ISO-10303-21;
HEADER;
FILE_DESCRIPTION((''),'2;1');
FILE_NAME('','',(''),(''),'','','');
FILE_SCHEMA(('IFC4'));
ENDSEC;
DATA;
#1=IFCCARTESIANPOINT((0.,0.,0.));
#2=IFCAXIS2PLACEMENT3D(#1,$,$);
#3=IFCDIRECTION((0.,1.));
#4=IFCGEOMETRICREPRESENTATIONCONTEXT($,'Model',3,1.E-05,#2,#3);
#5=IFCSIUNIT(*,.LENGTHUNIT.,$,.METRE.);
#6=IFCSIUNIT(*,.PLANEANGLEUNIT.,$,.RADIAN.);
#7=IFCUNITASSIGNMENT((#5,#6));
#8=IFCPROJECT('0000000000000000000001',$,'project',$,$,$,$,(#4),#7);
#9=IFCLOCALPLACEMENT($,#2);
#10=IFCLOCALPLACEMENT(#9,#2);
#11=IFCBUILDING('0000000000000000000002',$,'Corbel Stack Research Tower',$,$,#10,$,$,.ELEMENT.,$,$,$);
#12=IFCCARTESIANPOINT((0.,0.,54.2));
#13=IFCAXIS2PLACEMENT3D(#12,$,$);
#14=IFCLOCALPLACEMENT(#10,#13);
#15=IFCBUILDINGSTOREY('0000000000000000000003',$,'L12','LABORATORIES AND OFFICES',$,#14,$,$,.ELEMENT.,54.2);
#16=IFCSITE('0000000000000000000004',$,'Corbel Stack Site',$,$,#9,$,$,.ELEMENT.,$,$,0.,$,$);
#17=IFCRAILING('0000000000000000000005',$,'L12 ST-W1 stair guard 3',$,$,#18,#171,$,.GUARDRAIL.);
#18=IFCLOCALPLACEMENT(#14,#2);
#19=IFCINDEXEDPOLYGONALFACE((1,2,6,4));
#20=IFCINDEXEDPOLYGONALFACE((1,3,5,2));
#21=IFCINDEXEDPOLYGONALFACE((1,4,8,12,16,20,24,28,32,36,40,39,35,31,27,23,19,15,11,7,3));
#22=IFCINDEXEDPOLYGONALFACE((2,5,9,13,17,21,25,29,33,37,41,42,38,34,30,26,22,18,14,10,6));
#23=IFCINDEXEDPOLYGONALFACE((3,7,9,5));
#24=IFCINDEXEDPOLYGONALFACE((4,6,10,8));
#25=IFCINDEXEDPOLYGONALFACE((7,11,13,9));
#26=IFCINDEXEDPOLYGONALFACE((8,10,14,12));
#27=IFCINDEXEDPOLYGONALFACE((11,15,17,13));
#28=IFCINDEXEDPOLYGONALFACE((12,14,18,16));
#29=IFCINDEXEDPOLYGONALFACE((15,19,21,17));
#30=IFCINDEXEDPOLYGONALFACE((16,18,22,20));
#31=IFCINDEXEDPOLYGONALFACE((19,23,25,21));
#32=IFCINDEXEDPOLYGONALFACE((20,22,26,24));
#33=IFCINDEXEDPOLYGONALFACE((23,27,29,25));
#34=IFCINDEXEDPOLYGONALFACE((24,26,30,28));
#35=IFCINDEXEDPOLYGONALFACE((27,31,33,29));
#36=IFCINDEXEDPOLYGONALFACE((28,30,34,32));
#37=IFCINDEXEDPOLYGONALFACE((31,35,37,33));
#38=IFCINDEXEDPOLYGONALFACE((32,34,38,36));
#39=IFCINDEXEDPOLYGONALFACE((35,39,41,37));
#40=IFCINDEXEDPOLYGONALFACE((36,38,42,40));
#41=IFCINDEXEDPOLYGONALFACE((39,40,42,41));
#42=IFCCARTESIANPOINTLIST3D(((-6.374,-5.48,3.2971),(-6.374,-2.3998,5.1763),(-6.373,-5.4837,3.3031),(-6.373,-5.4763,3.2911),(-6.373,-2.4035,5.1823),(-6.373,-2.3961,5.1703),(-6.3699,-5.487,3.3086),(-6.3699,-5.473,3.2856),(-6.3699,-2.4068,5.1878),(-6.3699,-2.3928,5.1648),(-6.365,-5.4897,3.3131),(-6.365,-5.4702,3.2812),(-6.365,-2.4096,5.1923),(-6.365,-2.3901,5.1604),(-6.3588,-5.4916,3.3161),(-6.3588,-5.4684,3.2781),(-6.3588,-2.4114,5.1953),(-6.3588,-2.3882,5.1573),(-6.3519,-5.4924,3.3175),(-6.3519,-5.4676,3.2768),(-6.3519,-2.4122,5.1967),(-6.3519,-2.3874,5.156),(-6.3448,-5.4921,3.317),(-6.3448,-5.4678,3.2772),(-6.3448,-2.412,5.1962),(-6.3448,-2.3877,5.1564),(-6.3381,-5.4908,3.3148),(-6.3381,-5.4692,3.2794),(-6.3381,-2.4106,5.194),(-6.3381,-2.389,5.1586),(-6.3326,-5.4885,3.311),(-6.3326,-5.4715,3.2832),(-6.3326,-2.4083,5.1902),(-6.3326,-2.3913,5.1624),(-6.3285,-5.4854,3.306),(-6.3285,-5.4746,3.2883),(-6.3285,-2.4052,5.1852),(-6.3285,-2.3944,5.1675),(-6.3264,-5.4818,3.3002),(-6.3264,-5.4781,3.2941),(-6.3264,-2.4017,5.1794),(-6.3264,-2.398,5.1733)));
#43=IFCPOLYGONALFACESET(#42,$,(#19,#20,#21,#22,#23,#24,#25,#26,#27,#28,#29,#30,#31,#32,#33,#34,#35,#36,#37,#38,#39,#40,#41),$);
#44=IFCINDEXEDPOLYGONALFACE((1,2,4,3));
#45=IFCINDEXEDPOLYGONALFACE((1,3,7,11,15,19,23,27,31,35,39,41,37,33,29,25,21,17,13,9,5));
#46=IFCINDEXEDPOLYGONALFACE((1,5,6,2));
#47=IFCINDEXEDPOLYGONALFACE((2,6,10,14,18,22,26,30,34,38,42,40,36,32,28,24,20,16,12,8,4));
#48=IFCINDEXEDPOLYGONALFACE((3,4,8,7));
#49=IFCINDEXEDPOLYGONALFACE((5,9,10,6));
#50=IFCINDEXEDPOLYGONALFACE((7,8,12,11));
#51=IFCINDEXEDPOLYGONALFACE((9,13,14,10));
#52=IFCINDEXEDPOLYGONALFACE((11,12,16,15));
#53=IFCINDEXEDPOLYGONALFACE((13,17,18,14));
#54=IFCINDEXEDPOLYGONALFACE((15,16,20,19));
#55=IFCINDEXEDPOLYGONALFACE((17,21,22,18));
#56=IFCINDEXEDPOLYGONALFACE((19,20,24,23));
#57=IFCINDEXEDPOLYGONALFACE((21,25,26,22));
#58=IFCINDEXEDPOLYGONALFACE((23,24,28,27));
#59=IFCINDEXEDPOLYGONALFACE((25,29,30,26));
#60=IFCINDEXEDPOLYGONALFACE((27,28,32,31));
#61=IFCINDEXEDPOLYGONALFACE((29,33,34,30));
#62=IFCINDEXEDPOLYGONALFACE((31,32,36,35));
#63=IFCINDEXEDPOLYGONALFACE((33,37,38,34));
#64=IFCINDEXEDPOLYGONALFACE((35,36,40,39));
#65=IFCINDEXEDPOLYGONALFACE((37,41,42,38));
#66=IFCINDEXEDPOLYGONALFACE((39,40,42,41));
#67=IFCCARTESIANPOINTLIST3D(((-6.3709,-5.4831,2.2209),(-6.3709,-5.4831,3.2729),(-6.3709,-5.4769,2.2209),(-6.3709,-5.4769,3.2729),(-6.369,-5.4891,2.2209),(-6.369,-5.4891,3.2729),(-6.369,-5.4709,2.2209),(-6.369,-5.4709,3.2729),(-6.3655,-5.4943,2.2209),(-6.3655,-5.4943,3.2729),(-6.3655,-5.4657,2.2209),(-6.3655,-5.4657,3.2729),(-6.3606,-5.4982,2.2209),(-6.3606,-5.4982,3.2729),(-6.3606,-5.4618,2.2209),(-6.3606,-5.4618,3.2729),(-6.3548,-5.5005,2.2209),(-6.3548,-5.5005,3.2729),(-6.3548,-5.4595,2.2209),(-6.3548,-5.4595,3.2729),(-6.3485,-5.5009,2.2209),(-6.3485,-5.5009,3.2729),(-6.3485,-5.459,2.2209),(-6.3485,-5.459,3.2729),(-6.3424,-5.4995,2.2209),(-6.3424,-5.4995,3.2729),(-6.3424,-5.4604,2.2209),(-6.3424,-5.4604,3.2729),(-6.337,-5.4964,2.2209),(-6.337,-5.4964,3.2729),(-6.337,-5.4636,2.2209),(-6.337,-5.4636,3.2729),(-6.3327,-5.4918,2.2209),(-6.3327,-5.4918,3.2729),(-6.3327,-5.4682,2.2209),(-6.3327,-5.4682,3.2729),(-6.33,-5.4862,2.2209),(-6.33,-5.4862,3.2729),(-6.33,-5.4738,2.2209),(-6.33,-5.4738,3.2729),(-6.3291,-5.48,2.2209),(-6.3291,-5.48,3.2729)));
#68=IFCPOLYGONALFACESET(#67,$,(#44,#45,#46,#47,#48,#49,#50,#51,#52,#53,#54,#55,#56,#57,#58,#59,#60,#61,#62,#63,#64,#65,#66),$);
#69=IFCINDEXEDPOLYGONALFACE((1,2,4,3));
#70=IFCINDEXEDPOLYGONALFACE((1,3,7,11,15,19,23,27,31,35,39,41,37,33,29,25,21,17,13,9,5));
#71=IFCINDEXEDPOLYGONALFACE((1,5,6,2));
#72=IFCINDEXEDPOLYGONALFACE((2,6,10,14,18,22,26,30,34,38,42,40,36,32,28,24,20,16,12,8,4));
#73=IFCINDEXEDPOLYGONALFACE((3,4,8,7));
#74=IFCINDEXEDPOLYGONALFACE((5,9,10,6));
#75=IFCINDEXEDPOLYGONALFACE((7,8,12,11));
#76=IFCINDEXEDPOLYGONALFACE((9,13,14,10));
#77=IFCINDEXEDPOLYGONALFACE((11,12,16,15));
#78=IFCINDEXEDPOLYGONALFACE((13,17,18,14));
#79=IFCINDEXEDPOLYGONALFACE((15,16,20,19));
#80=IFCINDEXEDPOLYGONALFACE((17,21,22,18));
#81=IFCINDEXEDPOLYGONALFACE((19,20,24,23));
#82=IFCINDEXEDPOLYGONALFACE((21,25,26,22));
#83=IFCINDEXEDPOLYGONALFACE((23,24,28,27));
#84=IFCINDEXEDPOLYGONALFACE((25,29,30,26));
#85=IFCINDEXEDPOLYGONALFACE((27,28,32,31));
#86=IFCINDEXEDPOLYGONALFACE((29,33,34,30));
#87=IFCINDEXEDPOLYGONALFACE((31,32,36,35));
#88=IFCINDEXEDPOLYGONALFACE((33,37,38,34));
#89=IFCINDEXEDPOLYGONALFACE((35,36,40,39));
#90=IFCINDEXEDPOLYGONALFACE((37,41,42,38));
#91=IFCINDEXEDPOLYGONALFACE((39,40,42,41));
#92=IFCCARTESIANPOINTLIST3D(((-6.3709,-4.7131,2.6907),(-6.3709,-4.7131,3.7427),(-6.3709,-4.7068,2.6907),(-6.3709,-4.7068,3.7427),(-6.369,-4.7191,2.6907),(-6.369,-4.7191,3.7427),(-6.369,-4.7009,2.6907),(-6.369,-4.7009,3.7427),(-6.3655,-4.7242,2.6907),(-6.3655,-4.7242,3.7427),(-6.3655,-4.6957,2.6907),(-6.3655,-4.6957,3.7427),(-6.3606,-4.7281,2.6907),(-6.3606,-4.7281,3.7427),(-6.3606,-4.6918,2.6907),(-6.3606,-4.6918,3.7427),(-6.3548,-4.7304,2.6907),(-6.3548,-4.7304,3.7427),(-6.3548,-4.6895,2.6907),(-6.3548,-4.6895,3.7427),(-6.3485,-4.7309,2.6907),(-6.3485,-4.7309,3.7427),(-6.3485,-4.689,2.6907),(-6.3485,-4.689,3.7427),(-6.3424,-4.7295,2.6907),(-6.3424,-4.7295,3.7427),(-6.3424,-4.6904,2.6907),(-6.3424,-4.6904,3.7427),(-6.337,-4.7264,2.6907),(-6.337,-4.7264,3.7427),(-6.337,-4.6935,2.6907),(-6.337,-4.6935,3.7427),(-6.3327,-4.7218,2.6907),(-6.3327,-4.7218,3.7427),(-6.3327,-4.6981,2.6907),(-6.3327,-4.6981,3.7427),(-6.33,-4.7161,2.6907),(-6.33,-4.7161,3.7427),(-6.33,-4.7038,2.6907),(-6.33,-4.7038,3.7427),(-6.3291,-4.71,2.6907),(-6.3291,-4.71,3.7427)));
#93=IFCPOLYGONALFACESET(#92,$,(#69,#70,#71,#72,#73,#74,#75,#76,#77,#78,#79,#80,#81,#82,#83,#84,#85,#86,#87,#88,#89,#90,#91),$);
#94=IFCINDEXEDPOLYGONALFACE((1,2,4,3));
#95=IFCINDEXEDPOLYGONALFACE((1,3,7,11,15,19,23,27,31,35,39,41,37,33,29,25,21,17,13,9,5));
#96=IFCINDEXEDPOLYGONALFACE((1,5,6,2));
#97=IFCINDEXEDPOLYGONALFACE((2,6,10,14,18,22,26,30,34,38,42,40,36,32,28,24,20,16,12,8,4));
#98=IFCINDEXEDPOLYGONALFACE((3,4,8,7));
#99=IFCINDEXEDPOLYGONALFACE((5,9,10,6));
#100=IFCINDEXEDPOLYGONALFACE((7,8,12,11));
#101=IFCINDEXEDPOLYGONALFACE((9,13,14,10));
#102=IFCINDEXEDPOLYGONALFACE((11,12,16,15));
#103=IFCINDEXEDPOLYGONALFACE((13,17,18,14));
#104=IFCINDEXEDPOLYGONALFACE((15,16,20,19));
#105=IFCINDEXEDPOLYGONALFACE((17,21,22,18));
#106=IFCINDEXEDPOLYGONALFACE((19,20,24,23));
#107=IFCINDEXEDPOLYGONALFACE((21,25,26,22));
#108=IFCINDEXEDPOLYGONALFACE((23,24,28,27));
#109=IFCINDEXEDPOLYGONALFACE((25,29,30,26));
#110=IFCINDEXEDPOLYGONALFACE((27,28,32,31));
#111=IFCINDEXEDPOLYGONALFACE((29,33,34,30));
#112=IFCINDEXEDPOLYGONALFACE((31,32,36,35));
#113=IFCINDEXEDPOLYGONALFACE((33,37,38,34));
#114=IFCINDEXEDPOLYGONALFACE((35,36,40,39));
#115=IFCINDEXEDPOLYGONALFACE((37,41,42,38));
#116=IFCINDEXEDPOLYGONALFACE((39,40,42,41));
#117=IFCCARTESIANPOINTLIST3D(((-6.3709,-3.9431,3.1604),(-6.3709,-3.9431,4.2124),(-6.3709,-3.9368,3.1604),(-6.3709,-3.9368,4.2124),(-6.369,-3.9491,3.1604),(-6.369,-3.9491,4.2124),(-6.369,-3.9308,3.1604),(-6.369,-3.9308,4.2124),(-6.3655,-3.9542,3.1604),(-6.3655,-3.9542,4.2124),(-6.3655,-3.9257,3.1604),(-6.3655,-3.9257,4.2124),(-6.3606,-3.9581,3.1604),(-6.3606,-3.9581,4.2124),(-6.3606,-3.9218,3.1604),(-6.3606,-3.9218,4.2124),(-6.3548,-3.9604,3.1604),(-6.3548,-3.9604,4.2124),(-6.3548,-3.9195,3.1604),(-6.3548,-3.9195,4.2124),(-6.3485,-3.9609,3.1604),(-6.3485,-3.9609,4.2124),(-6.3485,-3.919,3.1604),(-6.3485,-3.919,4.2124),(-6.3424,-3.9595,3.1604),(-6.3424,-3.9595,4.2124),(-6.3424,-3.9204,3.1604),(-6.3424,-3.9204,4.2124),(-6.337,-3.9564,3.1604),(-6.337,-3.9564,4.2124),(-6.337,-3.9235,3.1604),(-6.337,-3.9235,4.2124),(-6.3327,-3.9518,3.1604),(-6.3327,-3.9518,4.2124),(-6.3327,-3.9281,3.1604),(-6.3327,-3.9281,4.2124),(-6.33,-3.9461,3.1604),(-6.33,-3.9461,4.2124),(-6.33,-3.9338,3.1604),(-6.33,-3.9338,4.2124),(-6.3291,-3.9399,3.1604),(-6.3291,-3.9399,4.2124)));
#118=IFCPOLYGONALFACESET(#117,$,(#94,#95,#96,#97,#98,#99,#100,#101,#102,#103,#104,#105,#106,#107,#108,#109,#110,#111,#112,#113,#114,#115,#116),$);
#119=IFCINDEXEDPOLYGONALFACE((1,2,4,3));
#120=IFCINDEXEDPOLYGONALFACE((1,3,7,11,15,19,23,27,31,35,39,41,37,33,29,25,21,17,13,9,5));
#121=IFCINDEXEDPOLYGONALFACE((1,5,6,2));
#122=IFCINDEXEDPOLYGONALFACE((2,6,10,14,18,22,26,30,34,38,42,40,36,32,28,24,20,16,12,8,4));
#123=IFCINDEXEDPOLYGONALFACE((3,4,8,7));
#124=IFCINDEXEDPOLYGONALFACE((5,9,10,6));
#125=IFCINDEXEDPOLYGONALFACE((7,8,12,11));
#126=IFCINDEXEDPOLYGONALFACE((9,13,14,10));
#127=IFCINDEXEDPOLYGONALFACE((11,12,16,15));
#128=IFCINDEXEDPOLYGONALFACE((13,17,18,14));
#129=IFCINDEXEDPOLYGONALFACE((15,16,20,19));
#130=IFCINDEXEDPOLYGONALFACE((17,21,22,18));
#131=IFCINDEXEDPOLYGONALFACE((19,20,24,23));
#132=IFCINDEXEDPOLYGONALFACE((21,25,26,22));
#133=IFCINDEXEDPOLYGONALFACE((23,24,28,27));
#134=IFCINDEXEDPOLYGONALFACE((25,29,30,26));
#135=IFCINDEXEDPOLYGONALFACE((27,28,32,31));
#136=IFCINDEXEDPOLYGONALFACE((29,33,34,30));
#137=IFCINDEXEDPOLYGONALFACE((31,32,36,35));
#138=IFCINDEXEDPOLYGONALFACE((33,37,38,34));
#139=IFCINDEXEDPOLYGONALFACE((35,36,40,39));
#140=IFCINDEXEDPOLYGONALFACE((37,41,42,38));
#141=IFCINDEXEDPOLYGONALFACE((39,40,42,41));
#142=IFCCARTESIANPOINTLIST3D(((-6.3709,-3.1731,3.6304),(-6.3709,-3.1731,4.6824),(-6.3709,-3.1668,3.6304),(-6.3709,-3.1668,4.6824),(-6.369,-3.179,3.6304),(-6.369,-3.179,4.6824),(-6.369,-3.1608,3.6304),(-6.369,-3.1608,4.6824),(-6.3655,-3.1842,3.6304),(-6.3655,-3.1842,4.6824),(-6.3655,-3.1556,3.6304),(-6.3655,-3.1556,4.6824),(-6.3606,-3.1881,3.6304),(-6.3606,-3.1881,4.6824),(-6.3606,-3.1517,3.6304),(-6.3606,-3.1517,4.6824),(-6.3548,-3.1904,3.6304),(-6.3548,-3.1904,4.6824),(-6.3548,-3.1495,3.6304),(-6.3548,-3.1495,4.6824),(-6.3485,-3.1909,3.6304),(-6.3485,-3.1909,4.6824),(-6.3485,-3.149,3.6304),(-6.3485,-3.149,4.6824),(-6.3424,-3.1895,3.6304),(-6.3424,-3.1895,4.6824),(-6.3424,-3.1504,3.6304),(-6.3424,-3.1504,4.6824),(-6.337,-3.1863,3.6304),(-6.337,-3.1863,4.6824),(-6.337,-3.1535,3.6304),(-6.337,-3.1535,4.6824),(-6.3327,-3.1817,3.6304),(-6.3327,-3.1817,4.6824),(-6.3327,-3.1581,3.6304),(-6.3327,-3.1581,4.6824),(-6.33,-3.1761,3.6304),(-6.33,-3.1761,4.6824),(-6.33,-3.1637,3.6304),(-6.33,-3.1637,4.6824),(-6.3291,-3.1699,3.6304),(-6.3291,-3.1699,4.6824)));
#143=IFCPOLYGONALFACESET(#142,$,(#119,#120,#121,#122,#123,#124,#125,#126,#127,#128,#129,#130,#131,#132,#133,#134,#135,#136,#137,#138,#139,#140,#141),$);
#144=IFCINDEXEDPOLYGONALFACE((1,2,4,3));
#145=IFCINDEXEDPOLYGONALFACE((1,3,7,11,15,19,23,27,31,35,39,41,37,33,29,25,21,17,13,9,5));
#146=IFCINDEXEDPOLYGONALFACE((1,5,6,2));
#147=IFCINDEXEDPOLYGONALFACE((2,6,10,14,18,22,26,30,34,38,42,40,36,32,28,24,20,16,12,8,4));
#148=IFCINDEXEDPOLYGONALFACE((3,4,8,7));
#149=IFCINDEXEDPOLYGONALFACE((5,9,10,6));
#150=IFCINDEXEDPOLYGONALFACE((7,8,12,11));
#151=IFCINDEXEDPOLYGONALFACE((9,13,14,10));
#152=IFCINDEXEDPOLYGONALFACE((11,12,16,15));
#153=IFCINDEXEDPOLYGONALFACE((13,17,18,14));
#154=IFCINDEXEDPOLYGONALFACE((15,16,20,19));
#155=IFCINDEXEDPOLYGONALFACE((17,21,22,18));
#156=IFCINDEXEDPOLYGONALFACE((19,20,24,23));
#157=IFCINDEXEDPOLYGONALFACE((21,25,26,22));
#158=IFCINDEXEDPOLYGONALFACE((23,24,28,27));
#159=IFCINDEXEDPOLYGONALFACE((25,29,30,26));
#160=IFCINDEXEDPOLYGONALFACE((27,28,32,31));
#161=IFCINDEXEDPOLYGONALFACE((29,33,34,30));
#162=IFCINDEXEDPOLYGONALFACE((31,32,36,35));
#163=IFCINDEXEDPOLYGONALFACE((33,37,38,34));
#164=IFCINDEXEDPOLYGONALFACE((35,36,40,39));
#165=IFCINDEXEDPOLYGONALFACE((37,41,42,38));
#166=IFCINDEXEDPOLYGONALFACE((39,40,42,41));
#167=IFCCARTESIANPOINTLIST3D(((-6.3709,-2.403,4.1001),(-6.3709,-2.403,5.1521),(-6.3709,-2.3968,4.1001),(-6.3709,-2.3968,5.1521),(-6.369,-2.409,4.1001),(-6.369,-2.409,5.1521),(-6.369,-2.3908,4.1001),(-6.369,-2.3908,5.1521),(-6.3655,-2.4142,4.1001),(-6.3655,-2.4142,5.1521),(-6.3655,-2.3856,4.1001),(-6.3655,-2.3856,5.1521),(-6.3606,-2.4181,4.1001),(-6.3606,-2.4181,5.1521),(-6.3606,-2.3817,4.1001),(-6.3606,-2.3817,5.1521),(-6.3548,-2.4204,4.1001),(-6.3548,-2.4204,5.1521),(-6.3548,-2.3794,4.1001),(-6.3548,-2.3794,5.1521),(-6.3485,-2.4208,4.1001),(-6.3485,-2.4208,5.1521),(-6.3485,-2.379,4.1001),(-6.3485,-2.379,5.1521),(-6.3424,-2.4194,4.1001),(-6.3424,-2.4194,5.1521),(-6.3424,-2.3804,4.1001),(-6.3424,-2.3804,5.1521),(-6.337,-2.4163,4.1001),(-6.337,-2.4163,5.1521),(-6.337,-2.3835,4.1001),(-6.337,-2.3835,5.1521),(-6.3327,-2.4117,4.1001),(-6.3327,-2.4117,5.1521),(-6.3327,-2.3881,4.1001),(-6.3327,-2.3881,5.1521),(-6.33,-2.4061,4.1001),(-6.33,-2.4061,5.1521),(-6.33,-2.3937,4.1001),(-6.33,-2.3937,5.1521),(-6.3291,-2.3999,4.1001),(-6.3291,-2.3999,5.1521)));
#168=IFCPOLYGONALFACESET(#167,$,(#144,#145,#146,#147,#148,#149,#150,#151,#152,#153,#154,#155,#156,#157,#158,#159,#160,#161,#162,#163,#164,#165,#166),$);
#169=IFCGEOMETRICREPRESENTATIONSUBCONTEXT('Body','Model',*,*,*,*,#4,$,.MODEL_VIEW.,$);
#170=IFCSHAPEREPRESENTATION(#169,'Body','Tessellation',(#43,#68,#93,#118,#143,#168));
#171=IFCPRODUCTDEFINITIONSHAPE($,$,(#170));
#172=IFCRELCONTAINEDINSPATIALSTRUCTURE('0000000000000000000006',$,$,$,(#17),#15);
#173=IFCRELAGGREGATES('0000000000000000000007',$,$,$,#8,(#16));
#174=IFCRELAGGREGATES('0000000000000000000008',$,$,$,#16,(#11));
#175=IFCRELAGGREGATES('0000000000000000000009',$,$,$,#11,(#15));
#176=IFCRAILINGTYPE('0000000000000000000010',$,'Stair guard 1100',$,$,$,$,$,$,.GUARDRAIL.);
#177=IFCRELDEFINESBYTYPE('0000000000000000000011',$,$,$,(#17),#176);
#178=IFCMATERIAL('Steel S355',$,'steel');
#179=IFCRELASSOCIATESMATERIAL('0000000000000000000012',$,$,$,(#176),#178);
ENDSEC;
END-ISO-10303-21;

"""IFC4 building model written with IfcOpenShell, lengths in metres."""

from ifc_helpers import new_model, si_unit, direction, frame, origin, origin_2d, place, context, subcontext, project, spatial, circle, extrude, material, type_object, element, save


model = new_model("IFC4")

# Units and contexts
model_context = context("Model", 3, precision=1e-05, world=origin(), true_north=direction((0.0, 1.0)))
body_context = subcontext(model_context, "Body", "Model", "MODEL_VIEW")
ifc_project = project(units=[si_unit("LENGTHUNIT", "METRE"), si_unit("PLANEANGLEUNIT", "RADIAN")], contexts=[model_context])

# Site, building, storey
site_placement = place(None, origin())
site = spatial("IfcSite", under=ifc_project, at=site_placement, Name="Corbel Stack Site", CompositionType="ELEMENT", RefElevation=0.0)
building_placement = place(site_placement, origin())
building = spatial("IfcBuilding", under=site, at=building_placement, Name="Corbel Stack Research Tower", CompositionType="ELEMENT")
storey_placement = place(building_placement, frame((0.0, 0.0, 54.2)))
storey = spatial("IfcBuildingStorey", under=building, at=storey_placement, Name="L12", Description="LABORATORIES AND OFFICES", CompositionType="ELEMENT", Elevation=54.2)

# Railing
ifc_material_1 = material(Name="Steel S355", Category="steel")
railing_type_1 = type_object("IfcRailingType", Name="Stair guard 1100", PredefinedType="GUARDRAIL", material=ifc_material_1)
railing_1_placement = place(storey_placement, frame((-6.3501, -5.48, 2.2209)))
element("IfcRailing", 1, at=railing_1_placement, inside=storey, type_object=railing_type_1, Name="L12 ST-W1 stair guard 3", PredefinedType="GUARDRAIL", context=body_context, shape_type="SweptSolid", body=[
    extrude(circle(Radius=0.0239, at=origin_2d()), frame((0.0, 0.0, 1.0762), z_axis=(0.0, 0.853666, 0.52082), x_axis=(-1.0, 0.0, 0.0)), (0.0, 0.0, 1.0), 3.6082),
    extrude(circle(Radius=0.021, at=origin_2d()), origin(), (0.0, 0.0, 1.0), 1.052),
    extrude(circle(Radius=0.021, at=origin_2d()), frame((0.0, 0.77, 0.4697)), (0.0, 0.0, 1.0), 1.052),
    extrude(circle(Radius=0.021, at=origin_2d()), frame((0.0, 1.54, 0.9395)), (0.0, 0.0, 1.0), 1.052),
    extrude(circle(Radius=0.021, at=origin_2d()), frame((0.0, 2.3101, 1.4094)), (0.0, 0.0, 1.0), 1.052),
    extrude(circle(Radius=0.021, at=origin_2d()), frame((0.0, 3.0801, 1.8792)), (0.0, 0.0, 1.0), 1.052),
])

save(model, "model.ifc")
